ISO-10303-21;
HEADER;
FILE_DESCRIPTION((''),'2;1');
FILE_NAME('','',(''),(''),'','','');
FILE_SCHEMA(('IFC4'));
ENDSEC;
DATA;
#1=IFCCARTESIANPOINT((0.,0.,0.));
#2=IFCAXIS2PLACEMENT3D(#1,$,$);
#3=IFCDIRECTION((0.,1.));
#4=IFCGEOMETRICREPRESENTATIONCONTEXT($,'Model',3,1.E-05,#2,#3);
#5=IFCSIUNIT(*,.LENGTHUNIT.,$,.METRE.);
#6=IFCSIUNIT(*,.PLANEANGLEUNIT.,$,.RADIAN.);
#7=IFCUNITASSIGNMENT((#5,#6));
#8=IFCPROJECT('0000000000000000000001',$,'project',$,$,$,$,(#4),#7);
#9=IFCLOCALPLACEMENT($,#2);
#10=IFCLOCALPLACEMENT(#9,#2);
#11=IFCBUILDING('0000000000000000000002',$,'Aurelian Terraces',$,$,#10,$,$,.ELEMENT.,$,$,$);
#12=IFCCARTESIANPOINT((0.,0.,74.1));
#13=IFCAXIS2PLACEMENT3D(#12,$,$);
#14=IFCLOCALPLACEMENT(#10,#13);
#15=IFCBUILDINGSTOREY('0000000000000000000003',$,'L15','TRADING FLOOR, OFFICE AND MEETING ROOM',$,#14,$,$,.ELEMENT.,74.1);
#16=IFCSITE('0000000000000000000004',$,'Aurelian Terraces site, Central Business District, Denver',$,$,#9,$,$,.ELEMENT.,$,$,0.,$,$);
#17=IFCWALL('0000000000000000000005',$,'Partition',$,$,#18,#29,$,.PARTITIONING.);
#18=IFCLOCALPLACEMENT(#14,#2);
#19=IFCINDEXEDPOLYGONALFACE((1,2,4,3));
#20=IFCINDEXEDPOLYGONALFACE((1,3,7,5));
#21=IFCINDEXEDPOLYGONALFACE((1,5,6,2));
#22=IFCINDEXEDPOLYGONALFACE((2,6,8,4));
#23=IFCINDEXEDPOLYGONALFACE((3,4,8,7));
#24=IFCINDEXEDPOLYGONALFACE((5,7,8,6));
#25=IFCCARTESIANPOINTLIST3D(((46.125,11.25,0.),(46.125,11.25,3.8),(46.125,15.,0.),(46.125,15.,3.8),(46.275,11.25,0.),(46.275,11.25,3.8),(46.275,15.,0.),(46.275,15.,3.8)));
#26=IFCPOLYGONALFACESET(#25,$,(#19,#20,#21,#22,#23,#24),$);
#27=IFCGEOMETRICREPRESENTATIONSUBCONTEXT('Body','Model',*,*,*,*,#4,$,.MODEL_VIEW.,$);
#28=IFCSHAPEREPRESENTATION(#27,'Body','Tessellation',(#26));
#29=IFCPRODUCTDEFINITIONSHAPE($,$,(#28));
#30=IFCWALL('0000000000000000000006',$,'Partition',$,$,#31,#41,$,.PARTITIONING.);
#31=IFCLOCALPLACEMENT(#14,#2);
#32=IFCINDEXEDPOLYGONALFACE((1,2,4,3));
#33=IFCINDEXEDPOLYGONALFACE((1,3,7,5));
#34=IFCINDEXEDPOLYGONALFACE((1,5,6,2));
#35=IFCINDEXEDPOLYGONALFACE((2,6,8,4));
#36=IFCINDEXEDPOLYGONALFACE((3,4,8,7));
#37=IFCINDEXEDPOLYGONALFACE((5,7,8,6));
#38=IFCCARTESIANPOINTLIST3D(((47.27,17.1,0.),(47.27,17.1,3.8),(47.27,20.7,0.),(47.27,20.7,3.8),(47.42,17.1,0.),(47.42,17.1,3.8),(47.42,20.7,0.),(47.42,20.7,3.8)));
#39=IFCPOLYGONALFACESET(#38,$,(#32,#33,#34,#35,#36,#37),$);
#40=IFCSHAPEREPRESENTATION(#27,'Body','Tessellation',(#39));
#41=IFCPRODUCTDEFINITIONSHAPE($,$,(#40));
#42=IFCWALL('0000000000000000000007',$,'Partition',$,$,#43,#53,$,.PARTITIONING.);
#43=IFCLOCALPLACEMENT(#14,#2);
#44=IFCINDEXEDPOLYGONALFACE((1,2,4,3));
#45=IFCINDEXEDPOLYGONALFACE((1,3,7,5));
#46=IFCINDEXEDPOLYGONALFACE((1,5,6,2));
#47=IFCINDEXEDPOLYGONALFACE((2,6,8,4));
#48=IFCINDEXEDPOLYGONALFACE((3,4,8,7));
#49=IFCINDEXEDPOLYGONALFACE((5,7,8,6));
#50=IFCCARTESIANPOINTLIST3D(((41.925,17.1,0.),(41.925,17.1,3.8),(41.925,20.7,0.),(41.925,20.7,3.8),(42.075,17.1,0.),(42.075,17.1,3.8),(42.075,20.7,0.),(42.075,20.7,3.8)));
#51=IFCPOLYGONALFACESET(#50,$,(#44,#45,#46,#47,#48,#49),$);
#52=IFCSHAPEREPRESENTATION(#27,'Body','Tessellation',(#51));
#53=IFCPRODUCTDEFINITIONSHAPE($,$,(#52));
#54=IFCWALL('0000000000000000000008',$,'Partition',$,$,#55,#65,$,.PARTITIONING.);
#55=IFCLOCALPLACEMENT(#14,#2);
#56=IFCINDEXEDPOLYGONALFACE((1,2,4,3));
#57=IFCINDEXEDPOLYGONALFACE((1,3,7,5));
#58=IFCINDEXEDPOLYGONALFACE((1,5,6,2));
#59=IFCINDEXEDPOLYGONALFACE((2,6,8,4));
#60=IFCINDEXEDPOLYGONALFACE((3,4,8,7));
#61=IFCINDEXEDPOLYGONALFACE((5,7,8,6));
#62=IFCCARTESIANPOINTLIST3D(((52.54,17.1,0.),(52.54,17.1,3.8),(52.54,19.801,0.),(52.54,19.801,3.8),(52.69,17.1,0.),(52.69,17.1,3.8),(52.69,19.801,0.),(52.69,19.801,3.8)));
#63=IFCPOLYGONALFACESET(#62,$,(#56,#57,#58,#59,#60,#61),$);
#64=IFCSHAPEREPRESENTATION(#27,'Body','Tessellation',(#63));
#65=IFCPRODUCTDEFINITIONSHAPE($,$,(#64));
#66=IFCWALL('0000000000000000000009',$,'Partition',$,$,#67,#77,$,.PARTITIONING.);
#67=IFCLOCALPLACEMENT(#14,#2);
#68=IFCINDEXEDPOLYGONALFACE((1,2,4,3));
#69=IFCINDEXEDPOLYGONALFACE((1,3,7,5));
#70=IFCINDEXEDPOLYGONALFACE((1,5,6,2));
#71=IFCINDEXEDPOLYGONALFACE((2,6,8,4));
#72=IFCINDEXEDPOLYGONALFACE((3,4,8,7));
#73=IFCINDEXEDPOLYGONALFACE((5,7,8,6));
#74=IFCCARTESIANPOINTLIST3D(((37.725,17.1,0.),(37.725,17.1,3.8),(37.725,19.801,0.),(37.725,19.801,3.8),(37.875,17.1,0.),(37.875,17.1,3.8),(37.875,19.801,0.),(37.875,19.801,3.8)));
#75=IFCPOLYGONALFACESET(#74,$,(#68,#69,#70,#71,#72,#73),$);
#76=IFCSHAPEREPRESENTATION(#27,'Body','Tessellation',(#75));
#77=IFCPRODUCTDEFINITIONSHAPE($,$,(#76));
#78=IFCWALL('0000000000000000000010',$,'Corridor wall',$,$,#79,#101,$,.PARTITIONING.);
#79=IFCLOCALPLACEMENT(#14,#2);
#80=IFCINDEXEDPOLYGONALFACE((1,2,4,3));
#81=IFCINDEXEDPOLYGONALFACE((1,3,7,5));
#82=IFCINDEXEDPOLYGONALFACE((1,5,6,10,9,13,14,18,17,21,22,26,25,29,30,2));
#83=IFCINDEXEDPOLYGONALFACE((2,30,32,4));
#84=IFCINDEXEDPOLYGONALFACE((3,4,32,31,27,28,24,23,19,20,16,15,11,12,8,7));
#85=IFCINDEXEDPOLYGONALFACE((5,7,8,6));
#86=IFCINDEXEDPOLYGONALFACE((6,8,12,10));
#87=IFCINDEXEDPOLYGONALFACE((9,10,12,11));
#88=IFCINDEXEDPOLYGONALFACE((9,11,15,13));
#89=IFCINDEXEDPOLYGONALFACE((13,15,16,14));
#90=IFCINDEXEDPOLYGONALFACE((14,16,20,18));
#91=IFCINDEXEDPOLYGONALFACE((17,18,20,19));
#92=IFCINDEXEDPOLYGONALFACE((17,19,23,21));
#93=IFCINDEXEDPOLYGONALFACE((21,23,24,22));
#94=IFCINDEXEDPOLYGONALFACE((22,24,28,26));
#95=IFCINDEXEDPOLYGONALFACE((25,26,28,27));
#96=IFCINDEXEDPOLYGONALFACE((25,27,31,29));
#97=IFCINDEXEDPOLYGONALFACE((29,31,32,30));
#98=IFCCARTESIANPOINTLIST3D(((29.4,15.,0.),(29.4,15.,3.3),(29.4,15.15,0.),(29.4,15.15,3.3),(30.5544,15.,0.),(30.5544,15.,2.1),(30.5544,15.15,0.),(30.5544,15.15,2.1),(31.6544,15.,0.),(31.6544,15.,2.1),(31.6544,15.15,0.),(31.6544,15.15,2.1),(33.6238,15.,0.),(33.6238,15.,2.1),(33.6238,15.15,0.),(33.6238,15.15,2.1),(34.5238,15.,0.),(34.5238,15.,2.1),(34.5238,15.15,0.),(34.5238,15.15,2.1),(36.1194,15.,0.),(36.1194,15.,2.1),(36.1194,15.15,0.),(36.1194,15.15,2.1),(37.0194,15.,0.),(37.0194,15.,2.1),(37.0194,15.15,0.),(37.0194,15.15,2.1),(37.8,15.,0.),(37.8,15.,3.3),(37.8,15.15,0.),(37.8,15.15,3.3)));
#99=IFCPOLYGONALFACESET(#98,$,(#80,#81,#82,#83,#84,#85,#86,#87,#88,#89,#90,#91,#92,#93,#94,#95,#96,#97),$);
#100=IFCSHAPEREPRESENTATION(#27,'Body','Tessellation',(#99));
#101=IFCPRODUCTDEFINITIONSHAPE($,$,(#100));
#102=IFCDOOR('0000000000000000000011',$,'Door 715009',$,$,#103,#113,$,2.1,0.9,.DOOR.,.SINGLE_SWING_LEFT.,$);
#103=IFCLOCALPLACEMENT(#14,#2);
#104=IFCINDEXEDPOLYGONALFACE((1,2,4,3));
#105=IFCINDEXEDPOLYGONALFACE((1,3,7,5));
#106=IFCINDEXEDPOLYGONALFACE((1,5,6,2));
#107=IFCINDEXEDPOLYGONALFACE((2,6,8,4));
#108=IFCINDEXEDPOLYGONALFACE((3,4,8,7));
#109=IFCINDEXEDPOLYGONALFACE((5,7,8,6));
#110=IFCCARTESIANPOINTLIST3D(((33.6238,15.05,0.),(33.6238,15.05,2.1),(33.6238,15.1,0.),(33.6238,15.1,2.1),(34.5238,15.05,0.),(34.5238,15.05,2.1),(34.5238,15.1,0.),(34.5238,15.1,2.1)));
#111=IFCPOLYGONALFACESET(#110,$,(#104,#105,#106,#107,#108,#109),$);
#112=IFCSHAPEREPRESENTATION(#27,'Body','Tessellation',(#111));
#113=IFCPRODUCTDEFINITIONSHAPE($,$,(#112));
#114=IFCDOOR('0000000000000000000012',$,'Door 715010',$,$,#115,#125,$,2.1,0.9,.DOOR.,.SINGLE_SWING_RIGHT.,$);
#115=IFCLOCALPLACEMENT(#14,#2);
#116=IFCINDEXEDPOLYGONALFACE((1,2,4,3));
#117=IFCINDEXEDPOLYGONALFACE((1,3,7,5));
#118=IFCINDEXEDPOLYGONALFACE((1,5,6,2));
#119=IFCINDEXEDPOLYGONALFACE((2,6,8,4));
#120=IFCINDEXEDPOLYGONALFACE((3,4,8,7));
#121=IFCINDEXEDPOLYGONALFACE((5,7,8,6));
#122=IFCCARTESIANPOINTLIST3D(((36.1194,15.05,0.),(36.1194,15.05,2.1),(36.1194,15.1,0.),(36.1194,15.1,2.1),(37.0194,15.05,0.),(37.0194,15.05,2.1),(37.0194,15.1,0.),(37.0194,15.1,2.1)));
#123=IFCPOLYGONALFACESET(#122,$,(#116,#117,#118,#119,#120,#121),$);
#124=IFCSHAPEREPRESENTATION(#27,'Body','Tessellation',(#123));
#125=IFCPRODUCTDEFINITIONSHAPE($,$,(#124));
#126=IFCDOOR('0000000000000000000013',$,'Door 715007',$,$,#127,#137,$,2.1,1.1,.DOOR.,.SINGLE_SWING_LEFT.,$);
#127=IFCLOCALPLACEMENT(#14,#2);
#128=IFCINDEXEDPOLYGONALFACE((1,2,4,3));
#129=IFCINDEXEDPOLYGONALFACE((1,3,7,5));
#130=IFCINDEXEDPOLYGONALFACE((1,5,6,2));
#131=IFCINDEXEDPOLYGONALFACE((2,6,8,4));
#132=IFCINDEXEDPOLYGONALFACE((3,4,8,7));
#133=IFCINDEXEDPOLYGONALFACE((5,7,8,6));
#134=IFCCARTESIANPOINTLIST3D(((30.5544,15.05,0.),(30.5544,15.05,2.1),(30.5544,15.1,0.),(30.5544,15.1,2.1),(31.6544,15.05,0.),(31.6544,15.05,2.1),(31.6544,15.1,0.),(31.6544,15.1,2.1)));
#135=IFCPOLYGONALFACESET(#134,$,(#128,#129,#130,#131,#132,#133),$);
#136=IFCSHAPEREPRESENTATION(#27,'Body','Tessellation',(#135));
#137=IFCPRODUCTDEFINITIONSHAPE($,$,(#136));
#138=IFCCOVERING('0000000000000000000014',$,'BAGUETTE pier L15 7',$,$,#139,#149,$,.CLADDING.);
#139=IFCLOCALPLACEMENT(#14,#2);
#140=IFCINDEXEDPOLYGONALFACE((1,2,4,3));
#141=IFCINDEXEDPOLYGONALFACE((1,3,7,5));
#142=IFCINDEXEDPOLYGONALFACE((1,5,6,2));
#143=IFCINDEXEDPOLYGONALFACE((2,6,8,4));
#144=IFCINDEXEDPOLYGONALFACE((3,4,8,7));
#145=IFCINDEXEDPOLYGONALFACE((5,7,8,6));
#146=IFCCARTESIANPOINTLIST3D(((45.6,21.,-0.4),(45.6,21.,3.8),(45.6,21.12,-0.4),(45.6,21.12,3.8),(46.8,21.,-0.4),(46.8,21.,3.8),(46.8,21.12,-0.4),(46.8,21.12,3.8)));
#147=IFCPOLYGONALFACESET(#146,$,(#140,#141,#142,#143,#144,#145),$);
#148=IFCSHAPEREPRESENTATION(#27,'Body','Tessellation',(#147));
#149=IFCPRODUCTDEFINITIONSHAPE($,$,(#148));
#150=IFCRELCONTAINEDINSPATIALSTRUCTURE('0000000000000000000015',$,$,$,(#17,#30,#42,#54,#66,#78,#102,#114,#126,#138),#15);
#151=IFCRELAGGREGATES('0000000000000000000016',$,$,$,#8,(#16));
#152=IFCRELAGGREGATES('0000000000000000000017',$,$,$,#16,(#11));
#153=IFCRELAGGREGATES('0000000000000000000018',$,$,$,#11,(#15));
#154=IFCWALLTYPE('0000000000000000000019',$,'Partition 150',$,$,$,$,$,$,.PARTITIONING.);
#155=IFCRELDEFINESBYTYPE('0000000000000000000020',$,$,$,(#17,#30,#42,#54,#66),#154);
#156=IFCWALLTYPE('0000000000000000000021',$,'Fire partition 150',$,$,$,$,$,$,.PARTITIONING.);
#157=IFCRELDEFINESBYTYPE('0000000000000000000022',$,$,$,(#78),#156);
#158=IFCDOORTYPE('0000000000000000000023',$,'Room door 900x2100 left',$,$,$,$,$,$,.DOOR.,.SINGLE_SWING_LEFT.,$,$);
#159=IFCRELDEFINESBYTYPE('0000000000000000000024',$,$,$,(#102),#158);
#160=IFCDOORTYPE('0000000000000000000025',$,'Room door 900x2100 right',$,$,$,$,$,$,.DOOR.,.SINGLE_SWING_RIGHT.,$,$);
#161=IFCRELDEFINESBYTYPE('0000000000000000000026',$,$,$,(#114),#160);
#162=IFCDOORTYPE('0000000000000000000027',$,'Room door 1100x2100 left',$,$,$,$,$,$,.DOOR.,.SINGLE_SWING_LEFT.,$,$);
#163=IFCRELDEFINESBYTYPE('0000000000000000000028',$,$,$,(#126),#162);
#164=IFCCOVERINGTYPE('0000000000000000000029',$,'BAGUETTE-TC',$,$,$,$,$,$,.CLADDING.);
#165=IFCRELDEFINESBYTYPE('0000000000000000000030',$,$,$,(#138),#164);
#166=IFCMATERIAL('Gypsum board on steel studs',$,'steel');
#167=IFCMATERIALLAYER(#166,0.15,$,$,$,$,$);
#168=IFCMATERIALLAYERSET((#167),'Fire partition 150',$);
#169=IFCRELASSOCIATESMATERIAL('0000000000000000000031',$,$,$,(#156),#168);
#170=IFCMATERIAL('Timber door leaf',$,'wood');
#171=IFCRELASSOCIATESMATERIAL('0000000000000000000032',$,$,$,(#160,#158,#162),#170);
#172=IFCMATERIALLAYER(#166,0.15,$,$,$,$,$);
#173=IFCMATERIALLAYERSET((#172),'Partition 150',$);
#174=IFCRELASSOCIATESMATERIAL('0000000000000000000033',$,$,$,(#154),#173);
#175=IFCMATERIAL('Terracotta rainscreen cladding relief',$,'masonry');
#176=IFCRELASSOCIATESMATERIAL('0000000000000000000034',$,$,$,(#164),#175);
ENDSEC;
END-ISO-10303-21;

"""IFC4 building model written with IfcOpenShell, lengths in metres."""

from ifc_helpers import new_model, si_unit, direction, frame, frame_2d, origin, origin_2d, place, context, subcontext, project, spatial, rectangle, extrude, source, transform, mapped, material, layer, layer_set, type_object, element, fill, save


model = new_model("IFC4")

# Units and contexts
model_context = context("Model", 3, precision=1e-05, world=origin(), true_north=direction((0.0, 1.0)))
body_context = subcontext(model_context, "Body", "Model", "MODEL_VIEW")
ifc_project = project(units=[si_unit("LENGTHUNIT", "METRE"), si_unit("PLANEANGLEUNIT", "RADIAN")], contexts=[model_context])

# Site, building, storey
site_placement = place(None, origin())
site = spatial("IfcSite", under=ifc_project, at=site_placement, Name="Aurelian Terraces site, Central Business District, Denver", CompositionType="ELEMENT", RefElevation=0.0)
building_placement = place(site_placement, origin())
building = spatial("IfcBuilding", under=site, at=building_placement, Name="Aurelian Terraces", CompositionType="ELEMENT")
storey_placement = place(building_placement, frame((0.0, 0.0, 74.1)))
storey = spatial("IfcBuildingStorey", under=building, at=storey_placement, Name="L15", Description="TRADING FLOOR, OFFICE AND MEETING ROOM", CompositionType="ELEMENT", Elevation=74.1)

# Shared definitions
ifc_material_1 = material(Name="Timber door leaf", Category="wood")

# Shared definitions
ifc_material_2 = material(Name="Gypsum board on steel studs", Category="steel")
ifc_layer_1 = layer(ifc_material_2, 0.15)
ifc_layer_set_1 = layer_set([ifc_layer_1], Name="Fire partition 150")
wall_type_1 = type_object("IfcWallType", Name="Fire partition 150", PredefinedType="PARTITIONING", material=ifc_layer_set_1)
shared_shape_1 = source(origin(), body_context, "Body", "SweptSolid", [
    extrude(rectangle(XDim=0.9, YDim=2.1, at=frame_2d((0.45, 1.05))), frame((0.0, 0.085, 0.0), z_axis=(0.0, -1.0, 0.0), x_axis=(1.0, 0.0, 0.0)), (0.0, 0.0, 1.0), 0.17),
])
door_type_1 = type_object("IfcDoorType", Name="Room door 900x2100 right", OperationType="SINGLE_SWING_RIGHT", PredefinedType="DOOR", material=ifc_material_1)
shared_shape_2 = source(origin(), body_context, "Body", "SweptSolid", [
    extrude(rectangle(XDim=0.9, YDim=2.1, at=frame_2d((0.45, 1.05))), frame((0.0, 0.025, 0.0), z_axis=(0.0, -1.0, 0.0), x_axis=(1.0, 0.0, 0.0)), (0.0, 0.0, 1.0), 0.05),
])

# Walls
ifc_layer_2 = layer(ifc_material_2, 0.15)
ifc_layer_set_2 = layer_set([ifc_layer_2], Name="Partition 150")
wall_type_2 = type_object("IfcWallType", Name="Partition 150", PredefinedType="PARTITIONING", material=ifc_layer_set_2)
shared_shape_3 = source(origin(), body_context, "Body", "SweptSolid", [
    extrude(rectangle(XDim=3.75, YDim=0.15, at=frame_2d((1.875, 0.0))), origin(), (0.0, 0.0, 1.0), 3.8),
])
for number, where, z_axis, x_axis, name in (
    (1, (46.2, 11.25, 0.0), (0.0, 0.0, 1.0), (0.0, 1.0, 0.0), "Partition"),
):
    element("IfcWall", number, at=place(storey_placement, frame(where, z_axis=z_axis, x_axis=x_axis)), inside=storey, type_object=wall_type_2, Name=name, PredefinedType="PARTITIONING", context=body_context, shape_type="MappedRepresentation", body=[
        mapped(shared_shape_3, transform((0.0, 0.0, 0.0), scale=1.0)),
    ])
shared_shape_4 = source(origin(), body_context, "Body", "SweptSolid", [
    extrude(rectangle(XDim=3.6, YDim=0.15, at=frame_2d((1.8, 0.0))), origin(), (0.0, 0.0, 1.0), 3.8),
])
for number, where, z_axis, x_axis, name in (
    (2, (47.345, 20.7, 0.0), (0.0, 0.0, 1.0), (0.0, -1.0, 0.0), "Partition"),
    (3, (42.0, 17.1, 0.0), (0.0, 0.0, 1.0), (0.0, 1.0, 0.0), "Partition"),
):
    element("IfcWall", number, at=place(storey_placement, frame(where, z_axis=z_axis, x_axis=x_axis)), inside=storey, type_object=wall_type_2, Name=name, PredefinedType="PARTITIONING", context=body_context, shape_type="MappedRepresentation", body=[
        mapped(shared_shape_4, transform((0.0, 0.0, 0.0), scale=1.0)),
    ])
shared_shape_5 = source(origin(), body_context, "Body", "SweptSolid", [
    extrude(rectangle(XDim=2.701, YDim=0.15, at=frame_2d((1.3505, 0.0))), origin(), (0.0, 0.0, 1.0), 3.8),
])
for number, where, z_axis, x_axis, name in (
    (4, (52.615, 19.801, 0.0), (0.0, 0.0, 1.0), (0.0, -1.0, 0.0), "Partition"),
    (5, (37.8, 17.1, 0.0), (0.0, 0.0, 1.0), (0.0, 1.0, 0.0), "Partition"),
):
    element("IfcWall", number, at=place(storey_placement, frame(where, z_axis=z_axis, x_axis=x_axis)), inside=storey, type_object=wall_type_2, Name=name, PredefinedType="PARTITIONING", context=body_context, shape_type="MappedRepresentation", body=[
        mapped(shared_shape_5, transform((0.0, 0.0, 0.0), scale=1.0)),
    ])

# Wall, openings, doors
shared_shape_6 = source(origin(), body_context, "Body", "SweptSolid", [
    extrude(rectangle(XDim=8.4, YDim=0.15, at=frame_2d((4.2, 0.0))), origin(), (0.0, 0.0, 1.0), 3.3),
])
wall_1_placement = place(storey_placement, frame((37.8, 15.075, 0.0), z_axis=(0.0, 0.0, 1.0), x_axis=(-1.0, 0.0, 0.0)))
wall_1 = element("IfcWall", 6, at=wall_1_placement, inside=storey, type_object=wall_type_1, Name="Corridor wall", PredefinedType="PARTITIONING", context=body_context, shape_type="MappedRepresentation", body=[
    mapped(shared_shape_6, transform((0.0, 0.0, 0.0), scale=1.0)),
])
shared_shape_7 = source(origin(), body_context, "Body", "SweptSolid", [
    extrude(rectangle(XDim=1.1, YDim=2.1, at=frame_2d((0.55, 1.05))), frame((0.0, 0.085, 0.0), z_axis=(0.0, -1.0, 0.0), x_axis=(1.0, 0.0, 0.0)), (0.0, 0.0, 1.0), 0.17),
])
opening_1_placement = place(wall_1_placement, frame((6.1456, 0.0, 0.0)))
opening_1 = element("IfcOpeningElement", 7, at=opening_1_placement, cuts=wall_1, PredefinedType="OPENING", context=body_context, shape_type="MappedRepresentation", body=[
    mapped(shared_shape_7, transform((0.0, 0.0, 0.0), scale=1.0)),
])
opening_2_placement = place(wall_1_placement, frame((3.2762, 0.0, 0.0)))
opening_2 = element("IfcOpeningElement", 8, at=opening_2_placement, cuts=wall_1, PredefinedType="OPENING", context=body_context, shape_type="MappedRepresentation", body=[
    mapped(shared_shape_1, transform((0.0, 0.0, 0.0), scale=1.0)),
])
opening_3_placement = place(wall_1_placement, frame((0.7806, 0.0, 0.0)))
opening_3 = element("IfcOpeningElement", 9, at=opening_3_placement, cuts=wall_1, PredefinedType="OPENING", context=body_context, shape_type="MappedRepresentation", body=[
    mapped(shared_shape_1, transform((0.0, 0.0, 0.0), scale=1.0)),
])
door_type_2 = type_object("IfcDoorType", Name="Room door 900x2100 left", OperationType="SINGLE_SWING_LEFT", PredefinedType="DOOR", material=ifc_material_1)
door_1_placement = place(opening_2_placement, origin())
door_1 = element("IfcDoor", 10, at=door_1_placement, inside=storey, type_object=door_type_2, Name="Door 715009", OperationType="SINGLE_SWING_LEFT", OverallHeight=2.1, OverallWidth=0.9, PredefinedType="DOOR", context=body_context, shape_type="MappedRepresentation", body=[
    mapped(shared_shape_2, transform((0.0, 0.0, 0.0), scale=1.0)),
])
fill(opening_2, door_1)
door_2_placement = place(opening_3_placement, origin())
door_2 = element("IfcDoor", 11, at=door_2_placement, inside=storey, type_object=door_type_1, Name="Door 715010", OperationType="SINGLE_SWING_RIGHT", OverallHeight=2.1, OverallWidth=0.9, PredefinedType="DOOR", context=body_context, shape_type="MappedRepresentation", body=[
    mapped(shared_shape_2, transform((0.0, 0.0, 0.0), scale=1.0)),
])
fill(opening_3, door_2)
door_type_3 = type_object("IfcDoorType", Name="Room door 1100x2100 left", OperationType="SINGLE_SWING_LEFT", PredefinedType="DOOR", material=ifc_material_1)
shared_shape_8 = source(origin(), body_context, "Body", "SweptSolid", [
    extrude(rectangle(XDim=1.1, YDim=2.1, at=frame_2d((0.55, 1.05))), frame((0.0, 0.025, 0.0), z_axis=(0.0, -1.0, 0.0), x_axis=(1.0, 0.0, 0.0)), (0.0, 0.0, 1.0), 0.05),
])
door_3_placement = place(opening_1_placement, origin())
door_3 = element("IfcDoor", 12, at=door_3_placement, inside=storey, type_object=door_type_3, Name="Door 715007", OperationType="SINGLE_SWING_LEFT", OverallHeight=2.1, OverallWidth=1.1, PredefinedType="DOOR", context=body_context, shape_type="MappedRepresentation", body=[
    mapped(shared_shape_8, transform((0.0, 0.0, 0.0), scale=1.0)),
])
fill(opening_1, door_3)

# Covering
ifc_material_3 = material(Name="Terracotta rainscreen cladding relief", Category="masonry")
covering_type = type_object("IfcCoveringType", Name="BAGUETTE-TC", PredefinedType="CLADDING", material=ifc_material_3)
shared_shape_9 = source(origin(), body_context, "Body", "SweptSolid", [
    extrude(rectangle(XDim=1.2, YDim=0.12, at=origin_2d()), origin(), (0.0, 0.0, 1.0), 4.2),
])
covering_placement = place(storey_placement, frame((46.2, 21.06, -0.4), z_axis=(0.0, 0.0, 1.0), x_axis=(1.0, 0.0, 0.0)))
element("IfcCovering", 13, at=covering_placement, inside=storey, type_object=covering_type, Name="BAGUETTE pier L15 7", PredefinedType="CLADDING", context=body_context, shape_type="MappedRepresentation", body=[
    mapped(shared_shape_9, transform((0.0, 0.0, 0.0), scale=1.0)),
])

save(model, "model.ifc")
